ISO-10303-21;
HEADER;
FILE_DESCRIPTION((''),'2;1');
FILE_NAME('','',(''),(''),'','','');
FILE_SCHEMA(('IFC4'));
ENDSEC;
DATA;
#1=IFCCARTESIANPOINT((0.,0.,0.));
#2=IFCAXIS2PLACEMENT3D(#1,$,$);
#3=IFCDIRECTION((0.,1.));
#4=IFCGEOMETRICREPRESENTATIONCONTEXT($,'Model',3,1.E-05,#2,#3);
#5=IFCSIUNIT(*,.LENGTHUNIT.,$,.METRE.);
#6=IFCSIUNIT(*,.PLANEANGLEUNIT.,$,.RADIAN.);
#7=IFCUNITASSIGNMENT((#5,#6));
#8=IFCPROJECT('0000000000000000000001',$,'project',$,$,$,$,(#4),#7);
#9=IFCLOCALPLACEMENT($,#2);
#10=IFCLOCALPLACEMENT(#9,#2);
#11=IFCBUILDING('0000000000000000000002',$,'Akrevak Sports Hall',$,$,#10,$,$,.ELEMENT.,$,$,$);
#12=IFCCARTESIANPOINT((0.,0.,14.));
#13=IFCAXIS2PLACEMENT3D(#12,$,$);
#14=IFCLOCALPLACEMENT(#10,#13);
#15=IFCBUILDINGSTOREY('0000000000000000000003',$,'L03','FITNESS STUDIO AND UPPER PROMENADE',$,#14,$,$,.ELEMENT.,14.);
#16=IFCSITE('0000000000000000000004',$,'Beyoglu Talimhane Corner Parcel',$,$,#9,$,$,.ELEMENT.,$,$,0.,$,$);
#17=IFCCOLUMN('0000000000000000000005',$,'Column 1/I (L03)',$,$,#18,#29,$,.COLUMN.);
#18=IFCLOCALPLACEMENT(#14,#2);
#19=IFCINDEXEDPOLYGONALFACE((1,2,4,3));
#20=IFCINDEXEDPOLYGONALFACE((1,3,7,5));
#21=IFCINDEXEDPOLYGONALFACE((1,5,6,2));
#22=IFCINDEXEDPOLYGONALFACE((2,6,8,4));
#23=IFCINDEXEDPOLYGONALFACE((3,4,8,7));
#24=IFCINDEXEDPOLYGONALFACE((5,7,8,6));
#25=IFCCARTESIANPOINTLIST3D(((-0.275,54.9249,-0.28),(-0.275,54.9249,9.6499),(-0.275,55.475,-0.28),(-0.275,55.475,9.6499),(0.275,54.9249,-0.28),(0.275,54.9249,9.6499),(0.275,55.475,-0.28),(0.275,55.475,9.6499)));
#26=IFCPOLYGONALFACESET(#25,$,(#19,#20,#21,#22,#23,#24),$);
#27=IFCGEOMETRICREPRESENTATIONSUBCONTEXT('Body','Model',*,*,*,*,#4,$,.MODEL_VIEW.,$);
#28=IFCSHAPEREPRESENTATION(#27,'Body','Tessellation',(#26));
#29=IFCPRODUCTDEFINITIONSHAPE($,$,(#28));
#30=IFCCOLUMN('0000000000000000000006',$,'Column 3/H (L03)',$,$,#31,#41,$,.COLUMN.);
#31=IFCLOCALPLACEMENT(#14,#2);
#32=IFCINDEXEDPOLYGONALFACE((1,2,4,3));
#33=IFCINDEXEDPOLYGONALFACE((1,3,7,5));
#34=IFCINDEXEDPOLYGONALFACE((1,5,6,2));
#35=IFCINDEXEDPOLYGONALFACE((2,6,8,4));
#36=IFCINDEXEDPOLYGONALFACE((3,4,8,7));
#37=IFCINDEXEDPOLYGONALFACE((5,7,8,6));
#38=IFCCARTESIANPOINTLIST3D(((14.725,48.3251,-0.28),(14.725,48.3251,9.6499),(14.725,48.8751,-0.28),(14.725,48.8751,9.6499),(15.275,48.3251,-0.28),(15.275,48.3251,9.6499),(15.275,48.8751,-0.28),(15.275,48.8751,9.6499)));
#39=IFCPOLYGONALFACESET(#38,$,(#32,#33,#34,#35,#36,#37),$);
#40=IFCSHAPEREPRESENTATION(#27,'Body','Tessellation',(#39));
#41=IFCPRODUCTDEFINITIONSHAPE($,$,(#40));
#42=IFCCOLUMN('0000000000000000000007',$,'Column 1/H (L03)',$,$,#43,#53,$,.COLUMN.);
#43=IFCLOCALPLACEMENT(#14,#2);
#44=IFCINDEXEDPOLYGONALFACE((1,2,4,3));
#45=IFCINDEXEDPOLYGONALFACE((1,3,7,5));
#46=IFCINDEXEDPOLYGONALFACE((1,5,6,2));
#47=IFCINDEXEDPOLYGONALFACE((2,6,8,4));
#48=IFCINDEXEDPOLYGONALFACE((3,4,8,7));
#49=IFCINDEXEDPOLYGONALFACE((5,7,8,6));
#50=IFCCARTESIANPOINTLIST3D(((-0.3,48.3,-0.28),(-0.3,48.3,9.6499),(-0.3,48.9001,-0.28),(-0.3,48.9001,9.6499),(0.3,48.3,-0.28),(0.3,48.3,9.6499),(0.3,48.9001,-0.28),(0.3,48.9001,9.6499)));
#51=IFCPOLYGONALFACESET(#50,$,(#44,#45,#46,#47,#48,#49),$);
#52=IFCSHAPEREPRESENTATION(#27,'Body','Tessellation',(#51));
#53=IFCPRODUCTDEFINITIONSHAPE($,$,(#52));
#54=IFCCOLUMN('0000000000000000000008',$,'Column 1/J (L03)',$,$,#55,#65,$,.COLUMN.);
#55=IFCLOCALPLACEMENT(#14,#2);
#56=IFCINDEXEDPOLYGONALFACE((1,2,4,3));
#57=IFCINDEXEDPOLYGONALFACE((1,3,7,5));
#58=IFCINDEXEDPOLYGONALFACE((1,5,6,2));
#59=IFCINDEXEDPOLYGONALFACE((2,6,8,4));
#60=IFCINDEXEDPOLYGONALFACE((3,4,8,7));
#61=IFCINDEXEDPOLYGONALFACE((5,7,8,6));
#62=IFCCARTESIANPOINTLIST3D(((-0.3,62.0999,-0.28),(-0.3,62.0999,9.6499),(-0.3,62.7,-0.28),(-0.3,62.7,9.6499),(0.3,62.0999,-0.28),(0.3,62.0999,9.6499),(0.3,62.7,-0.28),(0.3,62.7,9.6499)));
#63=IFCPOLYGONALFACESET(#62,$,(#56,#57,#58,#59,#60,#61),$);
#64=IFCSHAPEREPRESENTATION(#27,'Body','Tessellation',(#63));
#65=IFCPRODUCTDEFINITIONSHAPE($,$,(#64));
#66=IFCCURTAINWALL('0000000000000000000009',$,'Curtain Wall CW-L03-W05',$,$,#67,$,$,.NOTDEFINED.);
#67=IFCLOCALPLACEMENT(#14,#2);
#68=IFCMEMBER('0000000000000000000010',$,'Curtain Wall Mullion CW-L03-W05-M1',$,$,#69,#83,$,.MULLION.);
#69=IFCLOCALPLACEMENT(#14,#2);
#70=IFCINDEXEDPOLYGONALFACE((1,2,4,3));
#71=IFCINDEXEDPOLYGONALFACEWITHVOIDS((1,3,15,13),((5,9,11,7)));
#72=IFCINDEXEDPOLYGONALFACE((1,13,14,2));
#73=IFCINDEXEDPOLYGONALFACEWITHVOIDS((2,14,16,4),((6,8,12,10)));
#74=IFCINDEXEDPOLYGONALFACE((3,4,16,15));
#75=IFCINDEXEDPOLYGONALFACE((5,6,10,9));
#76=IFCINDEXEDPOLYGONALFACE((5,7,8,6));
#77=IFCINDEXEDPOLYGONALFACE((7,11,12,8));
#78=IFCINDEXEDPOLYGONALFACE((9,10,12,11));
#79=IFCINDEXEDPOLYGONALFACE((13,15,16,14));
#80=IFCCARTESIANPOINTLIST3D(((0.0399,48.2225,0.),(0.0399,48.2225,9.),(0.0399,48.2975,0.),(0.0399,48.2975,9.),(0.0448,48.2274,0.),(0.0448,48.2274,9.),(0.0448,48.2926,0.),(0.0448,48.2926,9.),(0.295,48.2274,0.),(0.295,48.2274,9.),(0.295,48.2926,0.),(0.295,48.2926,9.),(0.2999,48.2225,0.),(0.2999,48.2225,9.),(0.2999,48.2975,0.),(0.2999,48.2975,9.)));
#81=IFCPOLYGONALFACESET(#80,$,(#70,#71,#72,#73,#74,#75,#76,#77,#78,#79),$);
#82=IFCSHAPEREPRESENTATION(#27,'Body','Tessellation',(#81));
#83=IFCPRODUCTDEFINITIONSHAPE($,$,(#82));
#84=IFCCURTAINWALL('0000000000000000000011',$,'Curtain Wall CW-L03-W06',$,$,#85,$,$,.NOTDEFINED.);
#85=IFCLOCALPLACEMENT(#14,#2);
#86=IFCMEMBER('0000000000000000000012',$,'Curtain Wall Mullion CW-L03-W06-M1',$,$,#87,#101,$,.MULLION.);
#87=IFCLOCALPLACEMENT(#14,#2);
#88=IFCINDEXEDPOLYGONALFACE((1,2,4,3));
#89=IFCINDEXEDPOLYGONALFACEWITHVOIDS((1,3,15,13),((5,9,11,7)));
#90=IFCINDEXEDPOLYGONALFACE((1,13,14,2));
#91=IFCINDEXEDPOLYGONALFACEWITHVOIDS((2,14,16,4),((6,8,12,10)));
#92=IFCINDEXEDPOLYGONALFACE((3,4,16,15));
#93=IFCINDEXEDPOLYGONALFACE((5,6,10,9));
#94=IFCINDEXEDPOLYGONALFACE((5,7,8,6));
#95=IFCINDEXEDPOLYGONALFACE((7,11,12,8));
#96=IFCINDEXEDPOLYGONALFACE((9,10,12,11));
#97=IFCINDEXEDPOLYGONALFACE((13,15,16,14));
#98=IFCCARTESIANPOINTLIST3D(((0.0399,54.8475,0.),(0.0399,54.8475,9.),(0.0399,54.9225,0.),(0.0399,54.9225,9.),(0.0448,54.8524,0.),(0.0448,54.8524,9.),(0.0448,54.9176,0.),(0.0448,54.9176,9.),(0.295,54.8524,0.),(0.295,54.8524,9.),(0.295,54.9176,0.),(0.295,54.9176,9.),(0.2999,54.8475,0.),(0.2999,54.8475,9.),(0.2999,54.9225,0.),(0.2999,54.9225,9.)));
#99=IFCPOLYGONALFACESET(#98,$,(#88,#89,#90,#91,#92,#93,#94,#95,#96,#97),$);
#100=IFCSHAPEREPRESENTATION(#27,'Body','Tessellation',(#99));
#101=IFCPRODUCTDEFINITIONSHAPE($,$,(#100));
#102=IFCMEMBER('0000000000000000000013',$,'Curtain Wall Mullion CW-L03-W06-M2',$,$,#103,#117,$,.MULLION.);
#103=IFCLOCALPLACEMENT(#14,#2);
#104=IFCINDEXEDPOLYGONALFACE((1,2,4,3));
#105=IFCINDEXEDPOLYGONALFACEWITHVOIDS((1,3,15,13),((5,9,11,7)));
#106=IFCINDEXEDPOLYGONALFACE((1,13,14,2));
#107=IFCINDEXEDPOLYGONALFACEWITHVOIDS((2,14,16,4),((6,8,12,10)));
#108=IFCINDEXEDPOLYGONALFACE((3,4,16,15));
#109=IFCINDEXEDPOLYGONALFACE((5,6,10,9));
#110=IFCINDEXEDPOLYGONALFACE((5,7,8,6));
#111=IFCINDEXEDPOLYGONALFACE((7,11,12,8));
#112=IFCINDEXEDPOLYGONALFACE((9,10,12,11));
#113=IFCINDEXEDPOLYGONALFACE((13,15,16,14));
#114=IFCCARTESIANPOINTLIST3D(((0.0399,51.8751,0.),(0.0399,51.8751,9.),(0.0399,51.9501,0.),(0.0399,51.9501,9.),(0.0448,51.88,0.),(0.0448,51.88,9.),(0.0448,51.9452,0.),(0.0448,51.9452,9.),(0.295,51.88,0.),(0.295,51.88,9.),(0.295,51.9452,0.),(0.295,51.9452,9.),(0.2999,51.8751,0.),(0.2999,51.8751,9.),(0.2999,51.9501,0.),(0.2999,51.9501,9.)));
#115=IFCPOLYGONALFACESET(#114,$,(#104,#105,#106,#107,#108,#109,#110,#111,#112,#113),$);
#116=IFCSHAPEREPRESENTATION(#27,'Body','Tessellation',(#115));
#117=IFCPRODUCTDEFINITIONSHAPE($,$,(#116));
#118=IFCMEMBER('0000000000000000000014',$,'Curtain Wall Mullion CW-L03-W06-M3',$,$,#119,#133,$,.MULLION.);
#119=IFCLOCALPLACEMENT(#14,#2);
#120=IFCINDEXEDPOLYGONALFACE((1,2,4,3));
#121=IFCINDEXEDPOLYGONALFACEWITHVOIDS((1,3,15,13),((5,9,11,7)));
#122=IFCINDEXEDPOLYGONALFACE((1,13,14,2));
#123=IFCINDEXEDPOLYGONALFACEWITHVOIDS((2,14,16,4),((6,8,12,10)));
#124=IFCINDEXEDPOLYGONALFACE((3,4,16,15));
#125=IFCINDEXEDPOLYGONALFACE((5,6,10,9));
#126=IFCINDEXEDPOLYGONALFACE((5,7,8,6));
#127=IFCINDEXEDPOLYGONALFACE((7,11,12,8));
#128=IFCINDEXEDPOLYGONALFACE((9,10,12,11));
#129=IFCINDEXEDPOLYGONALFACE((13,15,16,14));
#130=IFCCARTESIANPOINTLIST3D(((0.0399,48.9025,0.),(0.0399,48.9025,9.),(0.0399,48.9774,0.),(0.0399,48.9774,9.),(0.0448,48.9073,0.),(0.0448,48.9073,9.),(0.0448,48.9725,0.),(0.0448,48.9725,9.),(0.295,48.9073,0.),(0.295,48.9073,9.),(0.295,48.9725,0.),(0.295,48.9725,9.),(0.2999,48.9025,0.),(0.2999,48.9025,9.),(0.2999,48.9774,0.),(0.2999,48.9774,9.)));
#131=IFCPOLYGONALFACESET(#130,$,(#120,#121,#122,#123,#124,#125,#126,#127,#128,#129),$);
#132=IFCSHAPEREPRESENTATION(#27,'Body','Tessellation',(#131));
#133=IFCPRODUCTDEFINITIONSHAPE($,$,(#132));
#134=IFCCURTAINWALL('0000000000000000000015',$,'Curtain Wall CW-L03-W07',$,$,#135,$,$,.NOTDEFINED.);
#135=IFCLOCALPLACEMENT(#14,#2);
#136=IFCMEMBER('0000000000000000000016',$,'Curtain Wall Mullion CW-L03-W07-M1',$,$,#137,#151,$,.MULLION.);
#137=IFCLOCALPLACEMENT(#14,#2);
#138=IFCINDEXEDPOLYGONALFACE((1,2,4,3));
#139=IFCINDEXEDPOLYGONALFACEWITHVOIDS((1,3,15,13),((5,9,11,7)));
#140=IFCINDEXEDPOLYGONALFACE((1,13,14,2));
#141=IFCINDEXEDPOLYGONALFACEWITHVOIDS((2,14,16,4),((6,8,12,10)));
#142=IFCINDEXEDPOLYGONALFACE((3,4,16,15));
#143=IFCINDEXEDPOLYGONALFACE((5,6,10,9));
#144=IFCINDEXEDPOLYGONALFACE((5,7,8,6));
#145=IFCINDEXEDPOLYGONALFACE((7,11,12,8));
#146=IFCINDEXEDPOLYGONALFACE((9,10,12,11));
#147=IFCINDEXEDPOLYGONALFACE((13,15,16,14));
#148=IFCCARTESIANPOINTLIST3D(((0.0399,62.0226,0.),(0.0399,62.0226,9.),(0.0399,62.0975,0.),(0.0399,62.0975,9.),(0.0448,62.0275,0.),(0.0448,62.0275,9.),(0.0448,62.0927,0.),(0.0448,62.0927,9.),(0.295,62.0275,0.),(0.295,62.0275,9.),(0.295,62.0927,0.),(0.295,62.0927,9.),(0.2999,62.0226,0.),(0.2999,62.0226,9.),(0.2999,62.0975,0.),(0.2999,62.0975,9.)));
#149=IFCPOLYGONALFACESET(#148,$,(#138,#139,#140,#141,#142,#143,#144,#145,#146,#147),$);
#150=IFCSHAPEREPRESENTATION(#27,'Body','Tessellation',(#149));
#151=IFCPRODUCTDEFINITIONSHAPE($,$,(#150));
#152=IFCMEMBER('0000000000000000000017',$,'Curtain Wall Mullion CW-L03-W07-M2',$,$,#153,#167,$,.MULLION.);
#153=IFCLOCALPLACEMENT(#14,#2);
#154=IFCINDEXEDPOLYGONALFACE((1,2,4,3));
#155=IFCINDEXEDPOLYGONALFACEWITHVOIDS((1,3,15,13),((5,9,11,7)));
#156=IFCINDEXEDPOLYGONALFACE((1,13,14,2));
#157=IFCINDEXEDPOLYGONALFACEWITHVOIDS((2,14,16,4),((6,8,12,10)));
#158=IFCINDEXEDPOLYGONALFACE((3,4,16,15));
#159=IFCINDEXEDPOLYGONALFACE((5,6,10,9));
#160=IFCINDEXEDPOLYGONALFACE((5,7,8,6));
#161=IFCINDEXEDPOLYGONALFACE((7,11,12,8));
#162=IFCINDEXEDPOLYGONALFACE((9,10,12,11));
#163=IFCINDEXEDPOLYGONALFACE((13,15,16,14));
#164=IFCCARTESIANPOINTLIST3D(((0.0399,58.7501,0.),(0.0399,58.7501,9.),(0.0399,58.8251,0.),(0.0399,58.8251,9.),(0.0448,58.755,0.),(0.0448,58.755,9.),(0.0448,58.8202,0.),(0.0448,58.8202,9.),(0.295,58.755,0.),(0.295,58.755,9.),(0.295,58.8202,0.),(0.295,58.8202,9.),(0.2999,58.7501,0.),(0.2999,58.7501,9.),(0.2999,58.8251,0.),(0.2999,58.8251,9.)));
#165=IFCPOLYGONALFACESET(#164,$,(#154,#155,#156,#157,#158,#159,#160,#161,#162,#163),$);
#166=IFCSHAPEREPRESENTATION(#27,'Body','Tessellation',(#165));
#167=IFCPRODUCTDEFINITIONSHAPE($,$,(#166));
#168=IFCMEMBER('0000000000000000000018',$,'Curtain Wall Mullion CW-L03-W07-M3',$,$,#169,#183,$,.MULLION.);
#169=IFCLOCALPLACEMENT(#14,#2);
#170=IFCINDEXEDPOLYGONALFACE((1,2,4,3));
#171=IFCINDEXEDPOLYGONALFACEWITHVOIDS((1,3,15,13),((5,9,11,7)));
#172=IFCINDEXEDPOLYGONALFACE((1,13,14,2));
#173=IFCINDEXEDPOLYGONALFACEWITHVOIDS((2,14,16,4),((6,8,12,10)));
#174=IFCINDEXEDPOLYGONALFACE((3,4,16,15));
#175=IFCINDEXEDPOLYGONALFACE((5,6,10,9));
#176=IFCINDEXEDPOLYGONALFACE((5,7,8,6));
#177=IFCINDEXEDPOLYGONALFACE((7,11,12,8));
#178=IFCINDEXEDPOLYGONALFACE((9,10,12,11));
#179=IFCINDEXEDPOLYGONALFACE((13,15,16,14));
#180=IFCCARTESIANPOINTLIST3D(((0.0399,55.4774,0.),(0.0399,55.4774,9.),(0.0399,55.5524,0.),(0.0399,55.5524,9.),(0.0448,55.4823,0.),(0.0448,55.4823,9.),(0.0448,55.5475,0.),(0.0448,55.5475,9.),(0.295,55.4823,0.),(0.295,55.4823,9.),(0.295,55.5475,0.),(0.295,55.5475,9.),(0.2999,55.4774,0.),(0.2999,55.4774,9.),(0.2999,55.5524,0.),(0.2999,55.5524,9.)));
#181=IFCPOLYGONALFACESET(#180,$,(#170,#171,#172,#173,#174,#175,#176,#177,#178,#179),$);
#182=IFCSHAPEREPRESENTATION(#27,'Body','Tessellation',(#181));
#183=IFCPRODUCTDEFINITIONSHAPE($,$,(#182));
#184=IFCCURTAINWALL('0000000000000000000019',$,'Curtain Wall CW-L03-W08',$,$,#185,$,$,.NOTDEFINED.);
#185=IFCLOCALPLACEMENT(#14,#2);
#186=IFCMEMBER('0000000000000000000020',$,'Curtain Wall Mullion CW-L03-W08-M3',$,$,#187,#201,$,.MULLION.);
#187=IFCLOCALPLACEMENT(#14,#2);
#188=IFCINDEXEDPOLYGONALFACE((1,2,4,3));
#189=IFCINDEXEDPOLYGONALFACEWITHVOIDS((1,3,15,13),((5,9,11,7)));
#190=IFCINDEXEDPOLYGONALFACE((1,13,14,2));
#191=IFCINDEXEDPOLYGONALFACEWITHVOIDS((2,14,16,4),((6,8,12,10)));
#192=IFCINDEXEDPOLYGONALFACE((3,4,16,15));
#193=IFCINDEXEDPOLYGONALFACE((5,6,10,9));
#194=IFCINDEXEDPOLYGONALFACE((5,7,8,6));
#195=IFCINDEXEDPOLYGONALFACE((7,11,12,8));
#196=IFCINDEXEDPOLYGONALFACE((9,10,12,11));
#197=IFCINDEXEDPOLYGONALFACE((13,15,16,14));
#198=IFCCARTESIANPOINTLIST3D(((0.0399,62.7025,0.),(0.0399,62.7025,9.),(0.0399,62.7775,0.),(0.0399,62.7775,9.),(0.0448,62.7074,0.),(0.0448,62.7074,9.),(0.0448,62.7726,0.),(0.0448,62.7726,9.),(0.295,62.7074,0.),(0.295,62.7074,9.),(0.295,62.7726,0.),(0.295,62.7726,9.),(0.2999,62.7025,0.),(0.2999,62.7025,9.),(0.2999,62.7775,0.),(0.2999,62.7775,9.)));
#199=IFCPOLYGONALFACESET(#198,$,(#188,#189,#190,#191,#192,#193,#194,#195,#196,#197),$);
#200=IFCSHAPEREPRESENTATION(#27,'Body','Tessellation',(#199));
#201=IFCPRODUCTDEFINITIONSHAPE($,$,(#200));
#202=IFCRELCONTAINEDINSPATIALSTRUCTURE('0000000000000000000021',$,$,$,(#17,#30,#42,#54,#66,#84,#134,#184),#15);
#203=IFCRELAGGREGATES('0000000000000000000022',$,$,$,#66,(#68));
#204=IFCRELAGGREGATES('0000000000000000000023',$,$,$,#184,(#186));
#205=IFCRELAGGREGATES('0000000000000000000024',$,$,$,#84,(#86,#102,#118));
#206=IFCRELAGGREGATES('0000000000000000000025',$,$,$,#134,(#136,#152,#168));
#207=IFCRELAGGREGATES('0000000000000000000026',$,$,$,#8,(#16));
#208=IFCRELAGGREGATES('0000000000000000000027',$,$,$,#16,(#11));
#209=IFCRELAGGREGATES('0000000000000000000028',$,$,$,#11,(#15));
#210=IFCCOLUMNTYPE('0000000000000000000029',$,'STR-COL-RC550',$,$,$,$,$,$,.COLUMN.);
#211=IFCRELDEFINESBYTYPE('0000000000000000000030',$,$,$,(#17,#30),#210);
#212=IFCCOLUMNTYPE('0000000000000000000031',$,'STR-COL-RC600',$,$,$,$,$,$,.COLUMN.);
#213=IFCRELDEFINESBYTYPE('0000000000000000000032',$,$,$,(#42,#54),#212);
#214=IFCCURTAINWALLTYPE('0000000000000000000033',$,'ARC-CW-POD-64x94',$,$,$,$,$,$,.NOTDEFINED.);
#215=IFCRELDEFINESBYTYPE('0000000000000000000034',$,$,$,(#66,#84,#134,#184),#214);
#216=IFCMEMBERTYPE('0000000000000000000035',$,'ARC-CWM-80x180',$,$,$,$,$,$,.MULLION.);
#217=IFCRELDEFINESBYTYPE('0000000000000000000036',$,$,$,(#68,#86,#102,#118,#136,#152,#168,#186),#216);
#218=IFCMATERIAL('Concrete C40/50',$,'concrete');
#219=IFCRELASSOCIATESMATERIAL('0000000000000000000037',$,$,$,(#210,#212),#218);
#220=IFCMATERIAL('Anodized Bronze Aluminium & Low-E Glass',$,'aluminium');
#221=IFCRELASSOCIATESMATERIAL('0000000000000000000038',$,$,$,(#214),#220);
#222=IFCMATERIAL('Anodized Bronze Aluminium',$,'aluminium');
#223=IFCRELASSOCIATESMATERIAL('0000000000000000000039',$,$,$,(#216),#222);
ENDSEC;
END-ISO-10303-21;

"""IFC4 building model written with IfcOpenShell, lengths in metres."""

from ifc_helpers import new_model, si_unit, direction, frame, origin, origin_2d, place, context, subcontext, project, spatial, rectangle, hollow_rectangle, extrude, material, material_profile, profile_set, type_object, element, aggregate, save


model = new_model("IFC4")

# Units and contexts
model_context = context("Model", 3, precision=1e-05, world=origin(), true_north=direction((0.0, 1.0)))
body_context = subcontext(model_context, "Body", "Model", "MODEL_VIEW")
ifc_project = project(units=[si_unit("LENGTHUNIT", "METRE"), si_unit("PLANEANGLEUNIT", "RADIAN")], contexts=[model_context])

# Site, building, storey
site_placement = place(None, origin())
site = spatial("IfcSite", under=ifc_project, at=site_placement, Name="Beyoglu Talimhane Corner Parcel", CompositionType="ELEMENT", RefElevation=0.0)
building_placement = place(site_placement, origin())
building = spatial("IfcBuilding", under=site, at=building_placement, Name="Akrevak Sports Hall", CompositionType="ELEMENT")
storey_placement = place(building_placement, frame((0.0, 0.0, 14.0)))
storey = spatial("IfcBuildingStorey", under=building, at=storey_placement, Name="L03", Description="FITNESS STUDIO AND UPPER PROMENADE", CompositionType="ELEMENT", Elevation=14.0)

# Columns
ifc_material_1 = material(Name="Concrete C40/50", Category="concrete")
ifc_material_profile_1 = material_profile(ifc_material_1, rectangle(XDim=0.55, YDim=0.55, at=origin_2d()), Name="RC 550x550", Category="concrete")
ifc_profile_set_1 = profile_set([ifc_material_profile_1], Name="Concrete C40/50")
column_type_1 = type_object("IfcColumnType", Name="STR-COL-RC550", PredefinedType="COLUMN", material=ifc_profile_set_1)
for number, where, z_axis, x_axis, name in (
    (1, (0.0, 55.2, -0.28), (0.0, 0.0, 1.0), (1.0, 0.0, 0.0), "Column 1/I (L03)"),
    (2, (15.0, 48.6001, -0.28), (0.0, 0.0, 1.0), (1.0, 0.0, 0.0), "Column 3/H (L03)"),
):
    element("IfcColumn", number, at=place(storey_placement, frame(where, z_axis=z_axis, x_axis=x_axis)), inside=storey, type_object=column_type_1, Name=name, PredefinedType="COLUMN", context=body_context, shape_type="SweptSolid", body=[
        extrude(rectangle(XDim=0.55, YDim=0.55, at=origin_2d()), origin(), (0.0, 0.0, 1.0), 9.9299),
    ])
ifc_material_profile_2 = material_profile(ifc_material_1, rectangle(XDim=0.6001, YDim=0.6001, at=origin_2d()), Name="RC 600x600", Category="concrete")
ifc_profile_set_2 = profile_set([ifc_material_profile_2], Name="Concrete C40/50")
column_type_2 = type_object("IfcColumnType", Name="STR-COL-RC600", PredefinedType="COLUMN", material=ifc_profile_set_2)
for number, where, z_axis, x_axis, name in (
    (3, (0.0, 48.6001, -0.28), (0.0, 0.0, 1.0), (1.0, 0.0, 0.0), "Column 1/H (L03)"),
    (4, (0.0, 62.3999, -0.28), (0.0, 0.0, 1.0), (1.0, 0.0, 0.0), "Column 1/J (L03)"),
):
    element("IfcColumn", number, at=place(storey_placement, frame(where, z_axis=z_axis, x_axis=x_axis)), inside=storey, type_object=column_type_2, Name=name, PredefinedType="COLUMN", context=body_context, shape_type="SweptSolid", body=[
        extrude(rectangle(XDim=0.6001, YDim=0.6001, at=origin_2d()), origin(), (0.0, 0.0, 1.0), 9.9299),
    ])

# Curtain wall, member
ifc_material_2 = material(Name="Anodized Bronze Aluminium & Low-E Glass", Category="aluminium")
curtain_wall_type = type_object("IfcCurtainWallType", Name="ARC-CW-POD-64x94", PredefinedType="NOTDEFINED", material=ifc_material_2)
curtain_wall_1_placement = place(storey_placement, origin())
curtain_wall_1 = element("IfcCurtainWall", 5, at=curtain_wall_1_placement, inside=storey, type_object=curtain_wall_type, Name="Curtain Wall CW-L03-W05", PredefinedType="NOTDEFINED")
ifc_material_3 = material(Name="Anodized Bronze Aluminium", Category="aluminium")
ifc_material_profile_3 = material_profile(ifc_material_3, hollow_rectangle(XDim=0.075, YDim=0.26, WallThickness=0.0049, at=origin_2d()), Name="CWM 75x260", Category="aluminium")
ifc_profile_set_3 = profile_set([ifc_material_profile_3], Name="Anodized Bronze Aluminium")
member_type_1 = type_object("IfcMemberType", Name="ARC-CWM-80x180", PredefinedType="MULLION", material=ifc_profile_set_3)
member_1_placement = place(storey_placement, frame((0.1699, 48.26, 0.0), z_axis=(0.0, 0.0, 1.0), x_axis=(0.0, -1.0, 0.0)))
member_1 = element("IfcMember", 6, at=member_1_placement, type_object=member_type_1, Name="Curtain Wall Mullion CW-L03-W05-M1", PredefinedType="MULLION", context=body_context, shape_type="SweptSolid", body=[
    extrude(hollow_rectangle(XDim=0.075, YDim=0.26, WallThickness=0.0049, at=origin_2d()), origin(), (0.0, 0.0, 1.0), 9.0),
])

# Curtain walls, members
curtain_wall_2_placement = place(storey_placement, origin())
curtain_wall_2 = element("IfcCurtainWall", 7, at=curtain_wall_2_placement, inside=storey, type_object=curtain_wall_type, Name="Curtain Wall CW-L03-W06", PredefinedType="NOTDEFINED")
member_2_placement = place(storey_placement, frame((0.1699, 54.885, 0.0), z_axis=(0.0, 0.0, 1.0), x_axis=(0.0, -1.0, 0.0)))
member_2 = element("IfcMember", 8, at=member_2_placement, type_object=member_type_1, Name="Curtain Wall Mullion CW-L03-W06-M1", PredefinedType="MULLION", context=body_context, shape_type="SweptSolid", body=[
    extrude(hollow_rectangle(XDim=0.075, YDim=0.26, WallThickness=0.0049, at=origin_2d()), origin(), (0.0, 0.0, 1.0), 9.0),
])
member_3_placement = place(storey_placement, frame((0.1699, 51.9126, 0.0), z_axis=(0.0, 0.0, 1.0), x_axis=(0.0, -1.0, 0.0)))
member_3 = element("IfcMember", 9, at=member_3_placement, type_object=member_type_1, Name="Curtain Wall Mullion CW-L03-W06-M2", PredefinedType="MULLION", context=body_context, shape_type="SweptSolid", body=[
    extrude(hollow_rectangle(XDim=0.075, YDim=0.26, WallThickness=0.0049, at=origin_2d()), origin(), (0.0, 0.0, 1.0), 9.0),
])
member_4_placement = place(storey_placement, frame((0.1699, 48.9399, 0.0), z_axis=(0.0, 0.0, 1.0), x_axis=(0.0, -1.0, 0.0)))
member_4 = element("IfcMember", 10, at=member_4_placement, type_object=member_type_1, Name="Curtain Wall Mullion CW-L03-W06-M3", PredefinedType="MULLION", context=body_context, shape_type="SweptSolid", body=[
    extrude(hollow_rectangle(XDim=0.075, YDim=0.26, WallThickness=0.0049, at=origin_2d()), origin(), (0.0, 0.0, 1.0), 9.0),
])
curtain_wall_3_placement = place(storey_placement, origin())
curtain_wall_3 = element("IfcCurtainWall", 11, at=curtain_wall_3_placement, inside=storey, type_object=curtain_wall_type, Name="Curtain Wall CW-L03-W07", PredefinedType="NOTDEFINED")
member_5_placement = place(storey_placement, frame((0.1699, 62.0601, 0.0), z_axis=(0.0, 0.0, 1.0), x_axis=(0.0, -1.0, 0.0)))
member_5 = element("IfcMember", 12, at=member_5_placement, type_object=member_type_1, Name="Curtain Wall Mullion CW-L03-W07-M1", PredefinedType="MULLION", context=body_context, shape_type="SweptSolid", body=[
    extrude(hollow_rectangle(XDim=0.075, YDim=0.26, WallThickness=0.0049, at=origin_2d()), origin(), (0.0, 0.0, 1.0), 9.0),
])
member_6_placement = place(storey_placement, frame((0.1699, 58.7876, 0.0), z_axis=(0.0, 0.0, 1.0), x_axis=(0.0, -1.0, 0.0)))
member_6 = element("IfcMember", 13, at=member_6_placement, type_object=member_type_1, Name="Curtain Wall Mullion CW-L03-W07-M2", PredefinedType="MULLION", context=body_context, shape_type="SweptSolid", body=[
    extrude(hollow_rectangle(XDim=0.075, YDim=0.26, WallThickness=0.0049, at=origin_2d()), origin(), (0.0, 0.0, 1.0), 9.0),
])
member_7_placement = place(storey_placement, frame((0.1699, 55.5149, 0.0), z_axis=(0.0, 0.0, 1.0), x_axis=(0.0, -1.0, 0.0)))
member_7 = element("IfcMember", 14, at=member_7_placement, type_object=member_type_1, Name="Curtain Wall Mullion CW-L03-W07-M3", PredefinedType="MULLION", context=body_context, shape_type="SweptSolid", body=[
    extrude(hollow_rectangle(XDim=0.075, YDim=0.26, WallThickness=0.0049, at=origin_2d()), origin(), (0.0, 0.0, 1.0), 9.0),
])

# Curtain wall, member
curtain_wall_4_placement = place(storey_placement, origin())
curtain_wall_4 = element("IfcCurtainWall", 15, at=curtain_wall_4_placement, inside=storey, type_object=curtain_wall_type, Name="Curtain Wall CW-L03-W08", PredefinedType="NOTDEFINED")
member_8_placement = place(storey_placement, frame((0.1699, 62.74, 0.0), z_axis=(0.0, 0.0, 1.0), x_axis=(0.0, -1.0, 0.0)))
member_8 = element("IfcMember", 16, at=member_8_placement, type_object=member_type_1, Name="Curtain Wall Mullion CW-L03-W08-M3", PredefinedType="MULLION", context=body_context, shape_type="SweptSolid", body=[
    extrude(hollow_rectangle(XDim=0.075, YDim=0.26, WallThickness=0.0049, at=origin_2d()), origin(), (0.0, 0.0, 1.0), 9.0),
])

aggregate(curtain_wall_1, [member_1])
aggregate(curtain_wall_4, [member_8])
aggregate(curtain_wall_2, [member_2, member_3, member_4])
aggregate(curtain_wall_3, [member_5, member_6, member_7])

save(model, "model.ifc")
